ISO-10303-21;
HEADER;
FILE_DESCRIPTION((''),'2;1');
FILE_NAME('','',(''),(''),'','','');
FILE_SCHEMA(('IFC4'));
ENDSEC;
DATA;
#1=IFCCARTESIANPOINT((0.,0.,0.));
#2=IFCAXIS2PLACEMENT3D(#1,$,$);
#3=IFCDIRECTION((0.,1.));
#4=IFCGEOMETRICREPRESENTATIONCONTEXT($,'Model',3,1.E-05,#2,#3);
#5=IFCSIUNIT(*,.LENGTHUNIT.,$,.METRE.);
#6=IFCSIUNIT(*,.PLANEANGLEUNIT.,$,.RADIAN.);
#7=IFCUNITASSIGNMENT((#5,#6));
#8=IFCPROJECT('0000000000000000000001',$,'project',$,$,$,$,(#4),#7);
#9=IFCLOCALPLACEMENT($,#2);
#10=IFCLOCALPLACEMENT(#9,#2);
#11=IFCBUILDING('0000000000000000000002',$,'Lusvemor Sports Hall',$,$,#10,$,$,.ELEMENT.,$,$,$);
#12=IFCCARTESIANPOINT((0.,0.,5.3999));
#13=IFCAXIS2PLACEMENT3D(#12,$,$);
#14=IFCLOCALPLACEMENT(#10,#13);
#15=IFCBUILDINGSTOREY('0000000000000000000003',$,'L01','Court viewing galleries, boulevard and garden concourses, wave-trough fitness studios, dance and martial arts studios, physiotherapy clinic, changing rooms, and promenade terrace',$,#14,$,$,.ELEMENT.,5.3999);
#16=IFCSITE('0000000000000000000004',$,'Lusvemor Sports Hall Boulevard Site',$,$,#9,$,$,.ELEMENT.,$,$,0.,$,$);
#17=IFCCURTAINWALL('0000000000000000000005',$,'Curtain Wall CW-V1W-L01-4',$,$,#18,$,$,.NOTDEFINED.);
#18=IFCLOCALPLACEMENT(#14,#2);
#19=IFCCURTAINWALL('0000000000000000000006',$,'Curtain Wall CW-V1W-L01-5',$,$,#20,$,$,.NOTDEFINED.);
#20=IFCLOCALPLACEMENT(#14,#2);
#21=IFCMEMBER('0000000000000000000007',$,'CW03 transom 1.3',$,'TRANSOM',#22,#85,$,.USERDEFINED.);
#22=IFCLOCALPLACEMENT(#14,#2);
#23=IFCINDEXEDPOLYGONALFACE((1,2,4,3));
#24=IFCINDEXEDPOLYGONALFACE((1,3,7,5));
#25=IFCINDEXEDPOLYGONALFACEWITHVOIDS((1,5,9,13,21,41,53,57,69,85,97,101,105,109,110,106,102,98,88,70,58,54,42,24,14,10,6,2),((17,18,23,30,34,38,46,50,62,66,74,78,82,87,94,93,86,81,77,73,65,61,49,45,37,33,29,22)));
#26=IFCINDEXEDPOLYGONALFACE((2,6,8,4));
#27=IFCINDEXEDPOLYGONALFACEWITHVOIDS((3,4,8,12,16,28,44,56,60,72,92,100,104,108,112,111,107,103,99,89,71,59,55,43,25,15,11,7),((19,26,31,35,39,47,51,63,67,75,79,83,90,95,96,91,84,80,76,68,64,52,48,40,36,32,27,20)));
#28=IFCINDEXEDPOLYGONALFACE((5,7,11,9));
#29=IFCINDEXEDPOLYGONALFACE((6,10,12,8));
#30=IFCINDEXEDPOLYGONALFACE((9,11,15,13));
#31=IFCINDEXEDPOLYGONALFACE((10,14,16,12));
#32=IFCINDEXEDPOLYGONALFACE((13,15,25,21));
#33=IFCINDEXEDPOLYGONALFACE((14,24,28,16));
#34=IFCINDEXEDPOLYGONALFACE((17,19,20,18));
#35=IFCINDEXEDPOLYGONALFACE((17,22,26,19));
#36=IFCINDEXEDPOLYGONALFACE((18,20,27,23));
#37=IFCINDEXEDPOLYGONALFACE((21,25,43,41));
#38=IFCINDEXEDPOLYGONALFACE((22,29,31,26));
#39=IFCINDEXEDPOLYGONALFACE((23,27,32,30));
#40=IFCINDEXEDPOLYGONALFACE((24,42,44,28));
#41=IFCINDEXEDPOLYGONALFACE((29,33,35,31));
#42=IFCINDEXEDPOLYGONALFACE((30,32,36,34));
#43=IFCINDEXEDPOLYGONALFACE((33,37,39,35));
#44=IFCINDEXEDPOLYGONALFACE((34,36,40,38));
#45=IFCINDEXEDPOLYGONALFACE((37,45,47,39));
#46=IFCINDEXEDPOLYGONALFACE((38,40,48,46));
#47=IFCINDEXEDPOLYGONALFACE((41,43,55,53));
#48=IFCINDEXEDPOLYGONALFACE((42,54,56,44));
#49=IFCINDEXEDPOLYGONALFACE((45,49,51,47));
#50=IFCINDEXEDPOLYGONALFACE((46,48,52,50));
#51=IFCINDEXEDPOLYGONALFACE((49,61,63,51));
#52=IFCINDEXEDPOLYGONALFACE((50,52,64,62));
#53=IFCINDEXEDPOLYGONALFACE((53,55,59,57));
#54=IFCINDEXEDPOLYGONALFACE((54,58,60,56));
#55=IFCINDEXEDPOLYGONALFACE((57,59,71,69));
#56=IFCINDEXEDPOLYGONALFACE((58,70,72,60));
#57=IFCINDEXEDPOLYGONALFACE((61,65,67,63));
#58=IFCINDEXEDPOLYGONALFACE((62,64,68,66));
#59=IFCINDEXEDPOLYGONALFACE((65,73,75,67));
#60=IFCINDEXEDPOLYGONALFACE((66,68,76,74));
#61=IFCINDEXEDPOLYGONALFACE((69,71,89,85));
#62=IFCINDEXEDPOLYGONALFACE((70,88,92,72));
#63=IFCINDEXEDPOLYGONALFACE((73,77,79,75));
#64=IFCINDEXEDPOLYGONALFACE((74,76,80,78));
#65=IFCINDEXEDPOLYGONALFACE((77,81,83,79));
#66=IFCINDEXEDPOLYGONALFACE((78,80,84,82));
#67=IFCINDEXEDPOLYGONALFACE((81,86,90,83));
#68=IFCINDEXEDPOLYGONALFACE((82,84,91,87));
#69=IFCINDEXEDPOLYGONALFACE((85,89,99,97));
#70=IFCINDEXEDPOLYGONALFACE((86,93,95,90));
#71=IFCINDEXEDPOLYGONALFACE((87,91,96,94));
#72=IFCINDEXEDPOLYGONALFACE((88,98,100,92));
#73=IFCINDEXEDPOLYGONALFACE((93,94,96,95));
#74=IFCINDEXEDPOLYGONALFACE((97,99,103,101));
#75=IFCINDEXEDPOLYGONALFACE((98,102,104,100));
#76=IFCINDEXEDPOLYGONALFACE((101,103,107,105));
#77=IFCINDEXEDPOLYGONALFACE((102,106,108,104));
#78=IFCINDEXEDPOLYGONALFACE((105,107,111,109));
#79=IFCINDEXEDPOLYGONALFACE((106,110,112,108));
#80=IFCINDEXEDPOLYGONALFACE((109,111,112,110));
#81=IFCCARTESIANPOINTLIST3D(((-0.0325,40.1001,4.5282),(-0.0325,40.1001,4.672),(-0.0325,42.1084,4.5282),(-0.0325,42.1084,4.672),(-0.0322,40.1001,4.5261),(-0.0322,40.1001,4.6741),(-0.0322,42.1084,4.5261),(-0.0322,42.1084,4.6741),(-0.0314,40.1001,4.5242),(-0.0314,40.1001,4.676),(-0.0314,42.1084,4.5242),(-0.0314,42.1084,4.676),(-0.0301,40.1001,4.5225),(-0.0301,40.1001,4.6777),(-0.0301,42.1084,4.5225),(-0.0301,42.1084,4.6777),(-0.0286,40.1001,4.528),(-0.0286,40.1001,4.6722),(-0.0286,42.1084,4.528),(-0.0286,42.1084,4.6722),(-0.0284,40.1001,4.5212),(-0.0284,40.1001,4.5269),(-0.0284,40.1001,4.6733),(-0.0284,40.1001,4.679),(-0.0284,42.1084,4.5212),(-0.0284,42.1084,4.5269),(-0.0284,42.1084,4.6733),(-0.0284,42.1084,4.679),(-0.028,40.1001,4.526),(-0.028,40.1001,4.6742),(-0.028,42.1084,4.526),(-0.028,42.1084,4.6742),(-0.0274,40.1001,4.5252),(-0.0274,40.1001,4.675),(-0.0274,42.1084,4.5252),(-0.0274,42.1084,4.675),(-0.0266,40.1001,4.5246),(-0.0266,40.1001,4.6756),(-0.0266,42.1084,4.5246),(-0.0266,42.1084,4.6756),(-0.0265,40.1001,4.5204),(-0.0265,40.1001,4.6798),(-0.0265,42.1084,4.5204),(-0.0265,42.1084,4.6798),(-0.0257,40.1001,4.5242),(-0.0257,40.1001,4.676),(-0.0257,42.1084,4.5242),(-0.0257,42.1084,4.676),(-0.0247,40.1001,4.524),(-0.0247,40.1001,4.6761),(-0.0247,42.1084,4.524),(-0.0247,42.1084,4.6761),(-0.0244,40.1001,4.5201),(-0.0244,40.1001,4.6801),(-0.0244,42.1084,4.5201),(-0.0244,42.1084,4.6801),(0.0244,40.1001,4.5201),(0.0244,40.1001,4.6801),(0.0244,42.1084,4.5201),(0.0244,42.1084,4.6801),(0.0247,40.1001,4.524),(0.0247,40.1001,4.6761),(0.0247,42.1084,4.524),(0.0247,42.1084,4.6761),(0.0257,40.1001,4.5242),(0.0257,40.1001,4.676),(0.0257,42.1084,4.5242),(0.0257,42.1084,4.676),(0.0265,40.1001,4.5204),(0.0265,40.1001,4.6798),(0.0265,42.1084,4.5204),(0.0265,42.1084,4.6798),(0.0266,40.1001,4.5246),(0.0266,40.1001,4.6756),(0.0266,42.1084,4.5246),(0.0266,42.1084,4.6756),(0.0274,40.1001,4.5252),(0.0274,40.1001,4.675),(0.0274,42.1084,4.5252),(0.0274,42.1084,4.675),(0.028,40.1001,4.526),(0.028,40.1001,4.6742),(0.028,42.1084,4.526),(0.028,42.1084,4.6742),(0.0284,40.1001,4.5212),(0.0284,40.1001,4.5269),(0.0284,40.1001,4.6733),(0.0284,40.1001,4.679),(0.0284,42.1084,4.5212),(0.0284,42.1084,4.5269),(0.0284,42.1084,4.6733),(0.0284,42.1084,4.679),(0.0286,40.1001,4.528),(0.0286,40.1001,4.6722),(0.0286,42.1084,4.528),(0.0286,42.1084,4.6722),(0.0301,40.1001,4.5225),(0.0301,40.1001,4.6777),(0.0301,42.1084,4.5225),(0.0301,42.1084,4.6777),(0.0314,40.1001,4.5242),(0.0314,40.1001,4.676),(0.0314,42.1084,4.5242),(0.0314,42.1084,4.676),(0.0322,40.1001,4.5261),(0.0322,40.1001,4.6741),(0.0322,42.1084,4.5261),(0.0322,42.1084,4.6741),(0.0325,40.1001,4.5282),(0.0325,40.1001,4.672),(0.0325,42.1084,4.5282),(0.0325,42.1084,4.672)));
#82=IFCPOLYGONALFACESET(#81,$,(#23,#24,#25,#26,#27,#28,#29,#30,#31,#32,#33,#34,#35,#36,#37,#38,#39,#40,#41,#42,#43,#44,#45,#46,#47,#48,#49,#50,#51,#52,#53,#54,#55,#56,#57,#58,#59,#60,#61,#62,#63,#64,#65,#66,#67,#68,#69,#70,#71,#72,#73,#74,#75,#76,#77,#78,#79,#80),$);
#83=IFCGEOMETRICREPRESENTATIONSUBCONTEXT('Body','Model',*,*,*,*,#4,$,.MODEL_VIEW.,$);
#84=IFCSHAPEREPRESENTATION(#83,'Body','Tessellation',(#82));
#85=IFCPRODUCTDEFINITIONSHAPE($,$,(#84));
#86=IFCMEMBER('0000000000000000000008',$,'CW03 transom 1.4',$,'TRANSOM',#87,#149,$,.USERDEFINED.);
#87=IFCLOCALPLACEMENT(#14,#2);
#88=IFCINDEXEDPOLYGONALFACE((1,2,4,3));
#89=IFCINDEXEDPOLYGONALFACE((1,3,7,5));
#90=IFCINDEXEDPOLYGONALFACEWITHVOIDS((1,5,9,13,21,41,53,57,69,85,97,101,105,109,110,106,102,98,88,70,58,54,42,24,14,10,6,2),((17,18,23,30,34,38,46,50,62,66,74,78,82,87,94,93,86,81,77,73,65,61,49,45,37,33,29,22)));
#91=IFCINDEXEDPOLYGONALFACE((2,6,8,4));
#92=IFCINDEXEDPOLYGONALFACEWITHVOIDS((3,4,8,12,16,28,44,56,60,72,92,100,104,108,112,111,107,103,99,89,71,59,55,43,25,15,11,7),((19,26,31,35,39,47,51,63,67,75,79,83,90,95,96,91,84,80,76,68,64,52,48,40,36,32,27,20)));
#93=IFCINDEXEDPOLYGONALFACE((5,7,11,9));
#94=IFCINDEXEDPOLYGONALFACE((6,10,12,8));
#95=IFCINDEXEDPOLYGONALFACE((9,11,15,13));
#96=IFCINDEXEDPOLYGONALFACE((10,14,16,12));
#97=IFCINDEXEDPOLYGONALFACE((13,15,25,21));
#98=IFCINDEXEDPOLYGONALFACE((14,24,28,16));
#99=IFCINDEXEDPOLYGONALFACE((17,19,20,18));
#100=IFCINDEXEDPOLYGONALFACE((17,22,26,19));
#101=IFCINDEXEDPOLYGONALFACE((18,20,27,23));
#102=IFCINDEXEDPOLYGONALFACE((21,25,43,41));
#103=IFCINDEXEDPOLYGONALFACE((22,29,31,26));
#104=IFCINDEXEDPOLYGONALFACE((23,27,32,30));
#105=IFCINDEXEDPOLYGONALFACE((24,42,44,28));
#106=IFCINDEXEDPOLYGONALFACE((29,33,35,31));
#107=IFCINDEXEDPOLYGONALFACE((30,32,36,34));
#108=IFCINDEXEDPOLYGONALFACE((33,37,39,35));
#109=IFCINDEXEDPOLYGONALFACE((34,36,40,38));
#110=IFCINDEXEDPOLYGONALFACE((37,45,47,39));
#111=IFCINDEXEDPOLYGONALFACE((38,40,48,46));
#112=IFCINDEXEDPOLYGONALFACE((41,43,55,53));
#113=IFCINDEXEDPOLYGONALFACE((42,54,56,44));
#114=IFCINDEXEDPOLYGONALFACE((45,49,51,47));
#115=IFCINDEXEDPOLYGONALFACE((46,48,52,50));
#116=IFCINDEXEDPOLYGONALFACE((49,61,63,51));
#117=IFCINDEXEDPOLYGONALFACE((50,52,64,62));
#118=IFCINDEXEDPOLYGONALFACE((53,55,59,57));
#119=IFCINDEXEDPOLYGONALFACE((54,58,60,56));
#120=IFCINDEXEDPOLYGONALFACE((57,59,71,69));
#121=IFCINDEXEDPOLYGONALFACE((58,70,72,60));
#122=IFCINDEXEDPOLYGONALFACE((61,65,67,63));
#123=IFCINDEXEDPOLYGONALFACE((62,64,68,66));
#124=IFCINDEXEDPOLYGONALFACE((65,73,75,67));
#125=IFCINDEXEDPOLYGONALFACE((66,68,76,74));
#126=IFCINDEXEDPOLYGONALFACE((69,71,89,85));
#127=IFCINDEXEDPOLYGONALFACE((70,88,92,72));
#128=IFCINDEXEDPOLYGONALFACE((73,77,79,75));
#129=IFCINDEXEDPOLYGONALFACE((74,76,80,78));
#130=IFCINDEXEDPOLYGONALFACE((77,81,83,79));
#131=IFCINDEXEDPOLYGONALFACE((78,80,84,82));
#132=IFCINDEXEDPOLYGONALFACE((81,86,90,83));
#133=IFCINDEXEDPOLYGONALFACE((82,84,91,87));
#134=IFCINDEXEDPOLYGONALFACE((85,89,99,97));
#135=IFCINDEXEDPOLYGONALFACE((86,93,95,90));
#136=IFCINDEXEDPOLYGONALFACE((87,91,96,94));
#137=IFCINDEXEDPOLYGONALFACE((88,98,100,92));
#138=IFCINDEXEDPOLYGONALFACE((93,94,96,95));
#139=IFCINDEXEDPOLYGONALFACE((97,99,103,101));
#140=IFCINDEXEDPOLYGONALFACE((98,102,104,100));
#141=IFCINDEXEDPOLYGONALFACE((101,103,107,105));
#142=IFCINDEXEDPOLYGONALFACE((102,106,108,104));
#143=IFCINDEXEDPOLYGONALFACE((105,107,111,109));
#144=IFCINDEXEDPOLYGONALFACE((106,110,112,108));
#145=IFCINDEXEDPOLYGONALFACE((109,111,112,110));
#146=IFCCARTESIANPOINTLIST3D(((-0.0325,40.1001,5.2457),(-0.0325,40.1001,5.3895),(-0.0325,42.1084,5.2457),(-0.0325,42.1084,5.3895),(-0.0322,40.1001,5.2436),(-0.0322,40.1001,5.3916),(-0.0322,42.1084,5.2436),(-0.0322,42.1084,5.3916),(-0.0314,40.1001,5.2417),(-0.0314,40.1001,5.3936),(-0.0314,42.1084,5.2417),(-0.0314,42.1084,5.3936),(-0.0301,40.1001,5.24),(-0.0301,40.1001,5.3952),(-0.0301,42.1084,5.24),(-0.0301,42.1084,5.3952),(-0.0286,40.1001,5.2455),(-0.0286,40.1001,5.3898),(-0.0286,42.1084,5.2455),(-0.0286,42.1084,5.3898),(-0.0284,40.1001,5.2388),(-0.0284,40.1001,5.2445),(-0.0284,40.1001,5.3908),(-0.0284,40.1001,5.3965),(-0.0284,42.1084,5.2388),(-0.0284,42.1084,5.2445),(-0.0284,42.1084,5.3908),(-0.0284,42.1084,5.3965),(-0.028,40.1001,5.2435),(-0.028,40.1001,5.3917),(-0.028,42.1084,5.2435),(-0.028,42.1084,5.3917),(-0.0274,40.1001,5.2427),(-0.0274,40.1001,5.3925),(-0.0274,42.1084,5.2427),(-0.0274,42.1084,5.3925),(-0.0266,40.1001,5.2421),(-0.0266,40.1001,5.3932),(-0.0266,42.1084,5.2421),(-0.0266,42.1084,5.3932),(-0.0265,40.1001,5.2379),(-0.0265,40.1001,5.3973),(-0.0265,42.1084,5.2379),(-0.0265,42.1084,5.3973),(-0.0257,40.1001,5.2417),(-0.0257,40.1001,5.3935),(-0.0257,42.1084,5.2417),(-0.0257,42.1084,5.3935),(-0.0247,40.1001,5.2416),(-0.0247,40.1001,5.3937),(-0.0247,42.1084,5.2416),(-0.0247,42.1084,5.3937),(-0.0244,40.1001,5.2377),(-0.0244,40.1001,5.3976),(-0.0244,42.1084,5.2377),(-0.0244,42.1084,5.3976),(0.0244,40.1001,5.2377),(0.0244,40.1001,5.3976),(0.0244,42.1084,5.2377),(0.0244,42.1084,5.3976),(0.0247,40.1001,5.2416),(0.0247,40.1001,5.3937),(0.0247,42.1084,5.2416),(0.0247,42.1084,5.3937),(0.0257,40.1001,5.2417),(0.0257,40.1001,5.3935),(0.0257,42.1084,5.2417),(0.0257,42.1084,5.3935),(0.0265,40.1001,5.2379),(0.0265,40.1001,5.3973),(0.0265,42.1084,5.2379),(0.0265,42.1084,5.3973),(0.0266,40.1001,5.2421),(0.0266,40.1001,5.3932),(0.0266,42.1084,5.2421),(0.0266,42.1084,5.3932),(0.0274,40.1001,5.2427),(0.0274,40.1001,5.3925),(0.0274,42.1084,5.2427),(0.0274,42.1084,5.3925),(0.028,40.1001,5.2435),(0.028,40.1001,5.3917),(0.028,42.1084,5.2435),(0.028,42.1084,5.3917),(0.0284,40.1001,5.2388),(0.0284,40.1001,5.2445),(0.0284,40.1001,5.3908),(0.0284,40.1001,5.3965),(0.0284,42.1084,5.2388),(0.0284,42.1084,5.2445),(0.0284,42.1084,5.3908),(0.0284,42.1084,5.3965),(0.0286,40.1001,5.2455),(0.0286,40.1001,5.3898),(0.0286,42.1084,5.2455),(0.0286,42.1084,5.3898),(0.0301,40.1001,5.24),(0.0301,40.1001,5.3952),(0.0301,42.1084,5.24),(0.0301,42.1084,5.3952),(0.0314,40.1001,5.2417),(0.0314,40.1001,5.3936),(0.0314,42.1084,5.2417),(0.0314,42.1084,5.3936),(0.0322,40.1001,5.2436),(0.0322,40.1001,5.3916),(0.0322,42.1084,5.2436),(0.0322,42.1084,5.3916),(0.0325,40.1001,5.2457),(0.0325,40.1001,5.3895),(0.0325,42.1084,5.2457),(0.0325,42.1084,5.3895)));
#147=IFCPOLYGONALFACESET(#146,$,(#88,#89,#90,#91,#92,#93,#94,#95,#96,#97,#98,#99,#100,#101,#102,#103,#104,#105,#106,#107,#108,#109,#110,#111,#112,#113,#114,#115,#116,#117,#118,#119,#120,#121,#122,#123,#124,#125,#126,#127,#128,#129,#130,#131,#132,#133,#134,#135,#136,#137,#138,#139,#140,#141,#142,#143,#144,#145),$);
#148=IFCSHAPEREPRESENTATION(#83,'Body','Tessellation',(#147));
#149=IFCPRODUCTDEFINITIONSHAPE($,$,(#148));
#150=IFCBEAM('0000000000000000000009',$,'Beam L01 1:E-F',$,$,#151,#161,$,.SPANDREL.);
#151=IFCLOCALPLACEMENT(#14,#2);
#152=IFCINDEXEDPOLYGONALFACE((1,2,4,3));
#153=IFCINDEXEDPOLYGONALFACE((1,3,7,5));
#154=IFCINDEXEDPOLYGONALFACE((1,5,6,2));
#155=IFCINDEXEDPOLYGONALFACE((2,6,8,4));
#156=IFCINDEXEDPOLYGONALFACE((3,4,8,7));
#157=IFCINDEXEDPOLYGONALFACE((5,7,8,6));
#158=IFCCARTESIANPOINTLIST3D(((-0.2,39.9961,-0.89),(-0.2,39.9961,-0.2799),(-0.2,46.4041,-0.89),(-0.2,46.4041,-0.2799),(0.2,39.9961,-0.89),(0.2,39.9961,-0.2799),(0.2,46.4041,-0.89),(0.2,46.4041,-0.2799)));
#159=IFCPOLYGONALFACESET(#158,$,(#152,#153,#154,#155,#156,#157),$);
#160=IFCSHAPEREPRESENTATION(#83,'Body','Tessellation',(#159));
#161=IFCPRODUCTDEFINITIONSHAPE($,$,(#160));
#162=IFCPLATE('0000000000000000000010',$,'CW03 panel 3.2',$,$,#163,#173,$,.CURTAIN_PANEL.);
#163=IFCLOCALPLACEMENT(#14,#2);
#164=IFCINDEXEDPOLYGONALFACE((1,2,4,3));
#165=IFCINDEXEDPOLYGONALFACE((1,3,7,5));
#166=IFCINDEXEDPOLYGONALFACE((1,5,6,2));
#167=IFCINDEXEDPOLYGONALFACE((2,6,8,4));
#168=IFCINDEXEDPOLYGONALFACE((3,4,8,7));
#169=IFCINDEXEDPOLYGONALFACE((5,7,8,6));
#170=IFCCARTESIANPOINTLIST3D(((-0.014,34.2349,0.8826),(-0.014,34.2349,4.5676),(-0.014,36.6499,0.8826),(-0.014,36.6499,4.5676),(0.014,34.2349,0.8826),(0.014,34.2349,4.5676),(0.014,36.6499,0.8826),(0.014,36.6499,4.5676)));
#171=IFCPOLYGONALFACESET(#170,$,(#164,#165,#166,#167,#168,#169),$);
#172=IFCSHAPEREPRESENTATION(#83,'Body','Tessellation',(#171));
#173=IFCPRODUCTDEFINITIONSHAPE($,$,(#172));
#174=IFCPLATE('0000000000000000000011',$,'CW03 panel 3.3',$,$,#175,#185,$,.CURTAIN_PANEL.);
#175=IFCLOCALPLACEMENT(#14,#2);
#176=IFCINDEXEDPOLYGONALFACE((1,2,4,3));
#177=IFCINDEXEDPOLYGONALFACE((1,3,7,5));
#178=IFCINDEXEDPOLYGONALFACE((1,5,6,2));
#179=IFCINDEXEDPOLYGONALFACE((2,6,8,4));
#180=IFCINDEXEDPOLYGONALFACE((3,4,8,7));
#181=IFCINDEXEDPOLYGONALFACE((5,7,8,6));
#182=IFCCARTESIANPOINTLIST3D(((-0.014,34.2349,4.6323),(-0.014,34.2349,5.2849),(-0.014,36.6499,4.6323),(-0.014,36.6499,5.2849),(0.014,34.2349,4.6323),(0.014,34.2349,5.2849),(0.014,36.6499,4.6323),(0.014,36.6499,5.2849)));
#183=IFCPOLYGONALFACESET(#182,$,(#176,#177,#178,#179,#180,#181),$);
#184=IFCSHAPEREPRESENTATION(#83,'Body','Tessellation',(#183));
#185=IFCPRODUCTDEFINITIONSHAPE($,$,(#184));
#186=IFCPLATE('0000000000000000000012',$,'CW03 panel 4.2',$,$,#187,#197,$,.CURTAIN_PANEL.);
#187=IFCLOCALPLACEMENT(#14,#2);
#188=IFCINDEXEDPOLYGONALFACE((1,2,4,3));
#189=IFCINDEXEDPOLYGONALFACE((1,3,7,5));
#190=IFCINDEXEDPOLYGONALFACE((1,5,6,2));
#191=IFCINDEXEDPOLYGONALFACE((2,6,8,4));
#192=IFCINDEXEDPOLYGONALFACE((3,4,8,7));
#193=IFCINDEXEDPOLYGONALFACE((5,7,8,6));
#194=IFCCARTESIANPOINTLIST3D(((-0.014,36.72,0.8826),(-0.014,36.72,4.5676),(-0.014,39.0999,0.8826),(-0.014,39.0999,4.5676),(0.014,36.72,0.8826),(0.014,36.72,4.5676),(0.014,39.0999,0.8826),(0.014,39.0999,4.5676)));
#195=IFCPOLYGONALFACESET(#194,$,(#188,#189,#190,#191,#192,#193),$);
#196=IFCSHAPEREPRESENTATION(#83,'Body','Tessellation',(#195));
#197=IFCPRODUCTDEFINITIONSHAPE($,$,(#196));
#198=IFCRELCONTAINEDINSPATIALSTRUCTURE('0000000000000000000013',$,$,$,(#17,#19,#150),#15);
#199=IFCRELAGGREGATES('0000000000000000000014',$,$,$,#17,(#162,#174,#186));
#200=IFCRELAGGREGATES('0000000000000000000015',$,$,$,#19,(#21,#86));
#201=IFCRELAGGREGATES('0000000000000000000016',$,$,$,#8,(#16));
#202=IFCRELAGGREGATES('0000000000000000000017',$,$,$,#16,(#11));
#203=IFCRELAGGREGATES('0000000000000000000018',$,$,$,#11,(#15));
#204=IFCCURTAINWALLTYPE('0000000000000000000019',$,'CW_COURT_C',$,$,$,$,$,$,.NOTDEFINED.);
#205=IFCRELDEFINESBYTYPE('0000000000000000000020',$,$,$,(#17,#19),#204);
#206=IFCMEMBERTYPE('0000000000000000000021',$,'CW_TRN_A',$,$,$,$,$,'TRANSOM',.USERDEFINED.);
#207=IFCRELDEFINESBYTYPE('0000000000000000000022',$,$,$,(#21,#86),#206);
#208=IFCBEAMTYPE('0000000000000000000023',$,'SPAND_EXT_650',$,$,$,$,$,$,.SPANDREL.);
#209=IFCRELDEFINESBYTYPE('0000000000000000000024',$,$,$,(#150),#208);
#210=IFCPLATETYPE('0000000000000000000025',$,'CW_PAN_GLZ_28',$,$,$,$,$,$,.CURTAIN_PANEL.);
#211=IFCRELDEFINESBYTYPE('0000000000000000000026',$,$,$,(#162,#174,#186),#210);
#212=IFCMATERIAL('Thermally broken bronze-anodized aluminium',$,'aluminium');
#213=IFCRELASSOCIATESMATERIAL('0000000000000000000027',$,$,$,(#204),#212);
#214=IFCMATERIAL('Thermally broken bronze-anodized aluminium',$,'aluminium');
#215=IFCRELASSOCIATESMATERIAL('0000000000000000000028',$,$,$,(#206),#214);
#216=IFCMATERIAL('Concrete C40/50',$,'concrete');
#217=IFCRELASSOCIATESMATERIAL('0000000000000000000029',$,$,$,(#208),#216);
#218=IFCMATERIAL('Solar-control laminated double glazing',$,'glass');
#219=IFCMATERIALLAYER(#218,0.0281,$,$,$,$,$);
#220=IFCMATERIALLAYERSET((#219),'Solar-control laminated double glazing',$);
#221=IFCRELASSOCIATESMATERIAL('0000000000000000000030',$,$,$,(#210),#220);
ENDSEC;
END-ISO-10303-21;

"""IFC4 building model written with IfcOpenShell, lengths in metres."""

from ifc_helpers import new_model, si_unit, direction, frame, origin, origin_2d, place, context, subcontext, project, spatial, rectangle, hollow_rectangle, extrude, material, layer, layer_set, material_profile, profile_set, type_object, element, aggregate, save


model = new_model("IFC4")

# Units and contexts
model_context = context("Model", 3, precision=1e-05, world=origin(), true_north=direction((0.0, 1.0)))
body_context = subcontext(model_context, "Body", "Model", "MODEL_VIEW")
ifc_project = project(units=[si_unit("LENGTHUNIT", "METRE"), si_unit("PLANEANGLEUNIT", "RADIAN")], contexts=[model_context])

# Site, building, storey
site_placement = place(None, origin())
site = spatial("IfcSite", under=ifc_project, at=site_placement, Name="Lusvemor Sports Hall Boulevard Site", CompositionType="ELEMENT", RefElevation=0.0)
building_placement = place(site_placement, origin())
building = spatial("IfcBuilding", under=site, at=building_placement, Name="Lusvemor Sports Hall", CompositionType="ELEMENT")
storey_placement = place(building_placement, frame((0.0, 0.0, 5.3999)))
storey = spatial("IfcBuildingStorey", under=building, at=storey_placement, Name="L01", Description="Court viewing galleries, boulevard and garden concourses, wave-trough fitness studios, dance and martial arts studios, physiotherapy clinic, changing rooms, and promenade terrace", CompositionType="ELEMENT", Elevation=5.3999)

# Curtain wall
ifc_material_1 = material(Name="Thermally broken bronze-anodized aluminium", Category="aluminium")
curtain_wall_type = type_object("IfcCurtainWallType", Name="CW_COURT_C", PredefinedType="NOTDEFINED", material=ifc_material_1)
curtain_wall_1_placement = place(storey_placement, origin())
curtain_wall_1 = element("IfcCurtainWall", 1, at=curtain_wall_1_placement, inside=storey, type_object=curtain_wall_type, Name="Curtain Wall CW-V1W-L01-4", PredefinedType="NOTDEFINED")

# Curtain wall
curtain_wall_2_placement = place(storey_placement, origin())
curtain_wall_2 = element("IfcCurtainWall", 2, at=curtain_wall_2_placement, inside=storey, type_object=curtain_wall_type, Name="Curtain Wall CW-V1W-L01-5", PredefinedType="NOTDEFINED")

# Members
ifc_material_2 = material(Name="Thermally broken bronze-anodized aluminium", Category="aluminium")
ifc_material_profile_1 = material_profile(ifc_material_2, hollow_rectangle(XDim=0.0649, YDim=0.1599, WallThickness=0.0039, InnerFilletRadius=0.0039, OuterFilletRadius=0.0081, at=origin_2d()), Name="CWTRN160x65x4")
ifc_profile_set_1 = profile_set([ifc_material_profile_1], Name="Thermally broken bronze-anodized aluminium")
member_type_1 = type_object("IfcMemberType", Name="CW_TRN_A", ElementType="TRANSOM", PredefinedType="USERDEFINED", material=ifc_profile_set_1)
member_1_placement = place(storey_placement, frame((0.0, 40.1001, 4.6001), z_axis=(0.0, 1.0, 0.0), x_axis=(-1.0, 0.0, 0.0)))
member_1 = element("IfcMember", 3, at=member_1_placement, type_object=member_type_1, Name="CW03 transom 1.3", ObjectType="TRANSOM", PredefinedType="USERDEFINED", context=body_context, shape_type="SweptSolid", body=[
    extrude(hollow_rectangle(XDim=0.0649, YDim=0.1599, WallThickness=0.0039, InnerFilletRadius=0.0039, OuterFilletRadius=0.0081, at=origin_2d()), origin(), (0.0, 0.0, 1.0), 2.0083),
])
member_2_placement = place(storey_placement, frame((0.0, 40.1001, 5.3176), z_axis=(0.0, 1.0, 0.0), x_axis=(-1.0, 0.0, 0.0)))
member_2 = element("IfcMember", 4, at=member_2_placement, type_object=member_type_1, Name="CW03 transom 1.4", ObjectType="TRANSOM", PredefinedType="USERDEFINED", context=body_context, shape_type="SweptSolid", body=[
    extrude(hollow_rectangle(XDim=0.0649, YDim=0.1599, WallThickness=0.0039, InnerFilletRadius=0.0039, OuterFilletRadius=0.0081, at=origin_2d()), origin(), (0.0, 0.0, 1.0), 2.0083),
])

# Beam
ifc_material_3 = material(Name="Concrete C40/50", Category="concrete")
ifc_material_profile_2 = material_profile(ifc_material_3, rectangle(XDim=0.3999, YDim=0.6101, at=origin_2d()), Name="RC400x610")
ifc_profile_set_2 = profile_set([ifc_material_profile_2], Name="Concrete C40/50")
beam_type = type_object("IfcBeamType", Name="SPAND_EXT_650", PredefinedType="SPANDREL", material=ifc_profile_set_2)
beam_placement = place(storey_placement, frame((0.0, 39.9961, -0.585), z_axis=(0.0, 1.0, 0.0), x_axis=(-1.0, 0.0, 0.0)))
element("IfcBeam", 5, at=beam_placement, inside=storey, type_object=beam_type, Name="Beam L01 1:E-F", PredefinedType="SPANDREL", context=body_context, shape_type="SweptSolid", body=[
    extrude(rectangle(XDim=0.3999, YDim=0.6101, at=origin_2d()), origin(), (0.0, 0.0, 1.0), 6.408),
])

# Plates
ifc_material_4 = material(Name="Solar-control laminated double glazing", Category="glass")
ifc_layer_1 = layer(ifc_material_4, 0.0281)
ifc_layer_set_1 = layer_set([ifc_layer_1], Name="Solar-control laminated double glazing")
plate_type_1 = type_object("IfcPlateType", Name="CW_PAN_GLZ_28", PredefinedType="CURTAIN_PANEL", material=ifc_layer_set_1)
plate_1_placement = place(storey_placement, frame((0.0, 35.4424, 0.8826), z_axis=(0.0, 0.0, 1.0), x_axis=(0.0, 1.0, 0.0)))
plate_1 = element("IfcPlate", 6, at=plate_1_placement, type_object=plate_type_1, Name="CW03 panel 3.2", PredefinedType="CURTAIN_PANEL", context=body_context, shape_type="SweptSolid", body=[
    extrude(rectangle(XDim=2.415, YDim=0.0281, at=origin_2d()), origin(), (0.0, 0.0, 1.0), 3.6851),
])
plate_2_placement = place(storey_placement, frame((0.0, 35.4424, 4.6323), z_axis=(0.0, 0.0, 1.0), x_axis=(0.0, 1.0, 0.0)))
plate_2 = element("IfcPlate", 7, at=plate_2_placement, type_object=plate_type_1, Name="CW03 panel 3.3", PredefinedType="CURTAIN_PANEL", context=body_context, shape_type="SweptSolid", body=[
    extrude(rectangle(XDim=2.415, YDim=0.0281, at=origin_2d()), origin(), (0.0, 0.0, 1.0), 0.6526),
])
plate_3_placement = place(storey_placement, frame((0.0, 37.9099, 0.8826), z_axis=(0.0, 0.0, 1.0), x_axis=(0.0, 1.0, 0.0)))
plate_3 = element("IfcPlate", 8, at=plate_3_placement, type_object=plate_type_1, Name="CW03 panel 4.2", PredefinedType="CURTAIN_PANEL", context=body_context, shape_type="SweptSolid", body=[
    extrude(rectangle(XDim=2.3799, YDim=0.0281, at=origin_2d()), origin(), (0.0, 0.0, 1.0), 3.6851),
])
aggregate(curtain_wall_1, [plate_1, plate_2, plate_3])
aggregate(curtain_wall_2, [member_1, member_2])

save(model, "model.ifc")
